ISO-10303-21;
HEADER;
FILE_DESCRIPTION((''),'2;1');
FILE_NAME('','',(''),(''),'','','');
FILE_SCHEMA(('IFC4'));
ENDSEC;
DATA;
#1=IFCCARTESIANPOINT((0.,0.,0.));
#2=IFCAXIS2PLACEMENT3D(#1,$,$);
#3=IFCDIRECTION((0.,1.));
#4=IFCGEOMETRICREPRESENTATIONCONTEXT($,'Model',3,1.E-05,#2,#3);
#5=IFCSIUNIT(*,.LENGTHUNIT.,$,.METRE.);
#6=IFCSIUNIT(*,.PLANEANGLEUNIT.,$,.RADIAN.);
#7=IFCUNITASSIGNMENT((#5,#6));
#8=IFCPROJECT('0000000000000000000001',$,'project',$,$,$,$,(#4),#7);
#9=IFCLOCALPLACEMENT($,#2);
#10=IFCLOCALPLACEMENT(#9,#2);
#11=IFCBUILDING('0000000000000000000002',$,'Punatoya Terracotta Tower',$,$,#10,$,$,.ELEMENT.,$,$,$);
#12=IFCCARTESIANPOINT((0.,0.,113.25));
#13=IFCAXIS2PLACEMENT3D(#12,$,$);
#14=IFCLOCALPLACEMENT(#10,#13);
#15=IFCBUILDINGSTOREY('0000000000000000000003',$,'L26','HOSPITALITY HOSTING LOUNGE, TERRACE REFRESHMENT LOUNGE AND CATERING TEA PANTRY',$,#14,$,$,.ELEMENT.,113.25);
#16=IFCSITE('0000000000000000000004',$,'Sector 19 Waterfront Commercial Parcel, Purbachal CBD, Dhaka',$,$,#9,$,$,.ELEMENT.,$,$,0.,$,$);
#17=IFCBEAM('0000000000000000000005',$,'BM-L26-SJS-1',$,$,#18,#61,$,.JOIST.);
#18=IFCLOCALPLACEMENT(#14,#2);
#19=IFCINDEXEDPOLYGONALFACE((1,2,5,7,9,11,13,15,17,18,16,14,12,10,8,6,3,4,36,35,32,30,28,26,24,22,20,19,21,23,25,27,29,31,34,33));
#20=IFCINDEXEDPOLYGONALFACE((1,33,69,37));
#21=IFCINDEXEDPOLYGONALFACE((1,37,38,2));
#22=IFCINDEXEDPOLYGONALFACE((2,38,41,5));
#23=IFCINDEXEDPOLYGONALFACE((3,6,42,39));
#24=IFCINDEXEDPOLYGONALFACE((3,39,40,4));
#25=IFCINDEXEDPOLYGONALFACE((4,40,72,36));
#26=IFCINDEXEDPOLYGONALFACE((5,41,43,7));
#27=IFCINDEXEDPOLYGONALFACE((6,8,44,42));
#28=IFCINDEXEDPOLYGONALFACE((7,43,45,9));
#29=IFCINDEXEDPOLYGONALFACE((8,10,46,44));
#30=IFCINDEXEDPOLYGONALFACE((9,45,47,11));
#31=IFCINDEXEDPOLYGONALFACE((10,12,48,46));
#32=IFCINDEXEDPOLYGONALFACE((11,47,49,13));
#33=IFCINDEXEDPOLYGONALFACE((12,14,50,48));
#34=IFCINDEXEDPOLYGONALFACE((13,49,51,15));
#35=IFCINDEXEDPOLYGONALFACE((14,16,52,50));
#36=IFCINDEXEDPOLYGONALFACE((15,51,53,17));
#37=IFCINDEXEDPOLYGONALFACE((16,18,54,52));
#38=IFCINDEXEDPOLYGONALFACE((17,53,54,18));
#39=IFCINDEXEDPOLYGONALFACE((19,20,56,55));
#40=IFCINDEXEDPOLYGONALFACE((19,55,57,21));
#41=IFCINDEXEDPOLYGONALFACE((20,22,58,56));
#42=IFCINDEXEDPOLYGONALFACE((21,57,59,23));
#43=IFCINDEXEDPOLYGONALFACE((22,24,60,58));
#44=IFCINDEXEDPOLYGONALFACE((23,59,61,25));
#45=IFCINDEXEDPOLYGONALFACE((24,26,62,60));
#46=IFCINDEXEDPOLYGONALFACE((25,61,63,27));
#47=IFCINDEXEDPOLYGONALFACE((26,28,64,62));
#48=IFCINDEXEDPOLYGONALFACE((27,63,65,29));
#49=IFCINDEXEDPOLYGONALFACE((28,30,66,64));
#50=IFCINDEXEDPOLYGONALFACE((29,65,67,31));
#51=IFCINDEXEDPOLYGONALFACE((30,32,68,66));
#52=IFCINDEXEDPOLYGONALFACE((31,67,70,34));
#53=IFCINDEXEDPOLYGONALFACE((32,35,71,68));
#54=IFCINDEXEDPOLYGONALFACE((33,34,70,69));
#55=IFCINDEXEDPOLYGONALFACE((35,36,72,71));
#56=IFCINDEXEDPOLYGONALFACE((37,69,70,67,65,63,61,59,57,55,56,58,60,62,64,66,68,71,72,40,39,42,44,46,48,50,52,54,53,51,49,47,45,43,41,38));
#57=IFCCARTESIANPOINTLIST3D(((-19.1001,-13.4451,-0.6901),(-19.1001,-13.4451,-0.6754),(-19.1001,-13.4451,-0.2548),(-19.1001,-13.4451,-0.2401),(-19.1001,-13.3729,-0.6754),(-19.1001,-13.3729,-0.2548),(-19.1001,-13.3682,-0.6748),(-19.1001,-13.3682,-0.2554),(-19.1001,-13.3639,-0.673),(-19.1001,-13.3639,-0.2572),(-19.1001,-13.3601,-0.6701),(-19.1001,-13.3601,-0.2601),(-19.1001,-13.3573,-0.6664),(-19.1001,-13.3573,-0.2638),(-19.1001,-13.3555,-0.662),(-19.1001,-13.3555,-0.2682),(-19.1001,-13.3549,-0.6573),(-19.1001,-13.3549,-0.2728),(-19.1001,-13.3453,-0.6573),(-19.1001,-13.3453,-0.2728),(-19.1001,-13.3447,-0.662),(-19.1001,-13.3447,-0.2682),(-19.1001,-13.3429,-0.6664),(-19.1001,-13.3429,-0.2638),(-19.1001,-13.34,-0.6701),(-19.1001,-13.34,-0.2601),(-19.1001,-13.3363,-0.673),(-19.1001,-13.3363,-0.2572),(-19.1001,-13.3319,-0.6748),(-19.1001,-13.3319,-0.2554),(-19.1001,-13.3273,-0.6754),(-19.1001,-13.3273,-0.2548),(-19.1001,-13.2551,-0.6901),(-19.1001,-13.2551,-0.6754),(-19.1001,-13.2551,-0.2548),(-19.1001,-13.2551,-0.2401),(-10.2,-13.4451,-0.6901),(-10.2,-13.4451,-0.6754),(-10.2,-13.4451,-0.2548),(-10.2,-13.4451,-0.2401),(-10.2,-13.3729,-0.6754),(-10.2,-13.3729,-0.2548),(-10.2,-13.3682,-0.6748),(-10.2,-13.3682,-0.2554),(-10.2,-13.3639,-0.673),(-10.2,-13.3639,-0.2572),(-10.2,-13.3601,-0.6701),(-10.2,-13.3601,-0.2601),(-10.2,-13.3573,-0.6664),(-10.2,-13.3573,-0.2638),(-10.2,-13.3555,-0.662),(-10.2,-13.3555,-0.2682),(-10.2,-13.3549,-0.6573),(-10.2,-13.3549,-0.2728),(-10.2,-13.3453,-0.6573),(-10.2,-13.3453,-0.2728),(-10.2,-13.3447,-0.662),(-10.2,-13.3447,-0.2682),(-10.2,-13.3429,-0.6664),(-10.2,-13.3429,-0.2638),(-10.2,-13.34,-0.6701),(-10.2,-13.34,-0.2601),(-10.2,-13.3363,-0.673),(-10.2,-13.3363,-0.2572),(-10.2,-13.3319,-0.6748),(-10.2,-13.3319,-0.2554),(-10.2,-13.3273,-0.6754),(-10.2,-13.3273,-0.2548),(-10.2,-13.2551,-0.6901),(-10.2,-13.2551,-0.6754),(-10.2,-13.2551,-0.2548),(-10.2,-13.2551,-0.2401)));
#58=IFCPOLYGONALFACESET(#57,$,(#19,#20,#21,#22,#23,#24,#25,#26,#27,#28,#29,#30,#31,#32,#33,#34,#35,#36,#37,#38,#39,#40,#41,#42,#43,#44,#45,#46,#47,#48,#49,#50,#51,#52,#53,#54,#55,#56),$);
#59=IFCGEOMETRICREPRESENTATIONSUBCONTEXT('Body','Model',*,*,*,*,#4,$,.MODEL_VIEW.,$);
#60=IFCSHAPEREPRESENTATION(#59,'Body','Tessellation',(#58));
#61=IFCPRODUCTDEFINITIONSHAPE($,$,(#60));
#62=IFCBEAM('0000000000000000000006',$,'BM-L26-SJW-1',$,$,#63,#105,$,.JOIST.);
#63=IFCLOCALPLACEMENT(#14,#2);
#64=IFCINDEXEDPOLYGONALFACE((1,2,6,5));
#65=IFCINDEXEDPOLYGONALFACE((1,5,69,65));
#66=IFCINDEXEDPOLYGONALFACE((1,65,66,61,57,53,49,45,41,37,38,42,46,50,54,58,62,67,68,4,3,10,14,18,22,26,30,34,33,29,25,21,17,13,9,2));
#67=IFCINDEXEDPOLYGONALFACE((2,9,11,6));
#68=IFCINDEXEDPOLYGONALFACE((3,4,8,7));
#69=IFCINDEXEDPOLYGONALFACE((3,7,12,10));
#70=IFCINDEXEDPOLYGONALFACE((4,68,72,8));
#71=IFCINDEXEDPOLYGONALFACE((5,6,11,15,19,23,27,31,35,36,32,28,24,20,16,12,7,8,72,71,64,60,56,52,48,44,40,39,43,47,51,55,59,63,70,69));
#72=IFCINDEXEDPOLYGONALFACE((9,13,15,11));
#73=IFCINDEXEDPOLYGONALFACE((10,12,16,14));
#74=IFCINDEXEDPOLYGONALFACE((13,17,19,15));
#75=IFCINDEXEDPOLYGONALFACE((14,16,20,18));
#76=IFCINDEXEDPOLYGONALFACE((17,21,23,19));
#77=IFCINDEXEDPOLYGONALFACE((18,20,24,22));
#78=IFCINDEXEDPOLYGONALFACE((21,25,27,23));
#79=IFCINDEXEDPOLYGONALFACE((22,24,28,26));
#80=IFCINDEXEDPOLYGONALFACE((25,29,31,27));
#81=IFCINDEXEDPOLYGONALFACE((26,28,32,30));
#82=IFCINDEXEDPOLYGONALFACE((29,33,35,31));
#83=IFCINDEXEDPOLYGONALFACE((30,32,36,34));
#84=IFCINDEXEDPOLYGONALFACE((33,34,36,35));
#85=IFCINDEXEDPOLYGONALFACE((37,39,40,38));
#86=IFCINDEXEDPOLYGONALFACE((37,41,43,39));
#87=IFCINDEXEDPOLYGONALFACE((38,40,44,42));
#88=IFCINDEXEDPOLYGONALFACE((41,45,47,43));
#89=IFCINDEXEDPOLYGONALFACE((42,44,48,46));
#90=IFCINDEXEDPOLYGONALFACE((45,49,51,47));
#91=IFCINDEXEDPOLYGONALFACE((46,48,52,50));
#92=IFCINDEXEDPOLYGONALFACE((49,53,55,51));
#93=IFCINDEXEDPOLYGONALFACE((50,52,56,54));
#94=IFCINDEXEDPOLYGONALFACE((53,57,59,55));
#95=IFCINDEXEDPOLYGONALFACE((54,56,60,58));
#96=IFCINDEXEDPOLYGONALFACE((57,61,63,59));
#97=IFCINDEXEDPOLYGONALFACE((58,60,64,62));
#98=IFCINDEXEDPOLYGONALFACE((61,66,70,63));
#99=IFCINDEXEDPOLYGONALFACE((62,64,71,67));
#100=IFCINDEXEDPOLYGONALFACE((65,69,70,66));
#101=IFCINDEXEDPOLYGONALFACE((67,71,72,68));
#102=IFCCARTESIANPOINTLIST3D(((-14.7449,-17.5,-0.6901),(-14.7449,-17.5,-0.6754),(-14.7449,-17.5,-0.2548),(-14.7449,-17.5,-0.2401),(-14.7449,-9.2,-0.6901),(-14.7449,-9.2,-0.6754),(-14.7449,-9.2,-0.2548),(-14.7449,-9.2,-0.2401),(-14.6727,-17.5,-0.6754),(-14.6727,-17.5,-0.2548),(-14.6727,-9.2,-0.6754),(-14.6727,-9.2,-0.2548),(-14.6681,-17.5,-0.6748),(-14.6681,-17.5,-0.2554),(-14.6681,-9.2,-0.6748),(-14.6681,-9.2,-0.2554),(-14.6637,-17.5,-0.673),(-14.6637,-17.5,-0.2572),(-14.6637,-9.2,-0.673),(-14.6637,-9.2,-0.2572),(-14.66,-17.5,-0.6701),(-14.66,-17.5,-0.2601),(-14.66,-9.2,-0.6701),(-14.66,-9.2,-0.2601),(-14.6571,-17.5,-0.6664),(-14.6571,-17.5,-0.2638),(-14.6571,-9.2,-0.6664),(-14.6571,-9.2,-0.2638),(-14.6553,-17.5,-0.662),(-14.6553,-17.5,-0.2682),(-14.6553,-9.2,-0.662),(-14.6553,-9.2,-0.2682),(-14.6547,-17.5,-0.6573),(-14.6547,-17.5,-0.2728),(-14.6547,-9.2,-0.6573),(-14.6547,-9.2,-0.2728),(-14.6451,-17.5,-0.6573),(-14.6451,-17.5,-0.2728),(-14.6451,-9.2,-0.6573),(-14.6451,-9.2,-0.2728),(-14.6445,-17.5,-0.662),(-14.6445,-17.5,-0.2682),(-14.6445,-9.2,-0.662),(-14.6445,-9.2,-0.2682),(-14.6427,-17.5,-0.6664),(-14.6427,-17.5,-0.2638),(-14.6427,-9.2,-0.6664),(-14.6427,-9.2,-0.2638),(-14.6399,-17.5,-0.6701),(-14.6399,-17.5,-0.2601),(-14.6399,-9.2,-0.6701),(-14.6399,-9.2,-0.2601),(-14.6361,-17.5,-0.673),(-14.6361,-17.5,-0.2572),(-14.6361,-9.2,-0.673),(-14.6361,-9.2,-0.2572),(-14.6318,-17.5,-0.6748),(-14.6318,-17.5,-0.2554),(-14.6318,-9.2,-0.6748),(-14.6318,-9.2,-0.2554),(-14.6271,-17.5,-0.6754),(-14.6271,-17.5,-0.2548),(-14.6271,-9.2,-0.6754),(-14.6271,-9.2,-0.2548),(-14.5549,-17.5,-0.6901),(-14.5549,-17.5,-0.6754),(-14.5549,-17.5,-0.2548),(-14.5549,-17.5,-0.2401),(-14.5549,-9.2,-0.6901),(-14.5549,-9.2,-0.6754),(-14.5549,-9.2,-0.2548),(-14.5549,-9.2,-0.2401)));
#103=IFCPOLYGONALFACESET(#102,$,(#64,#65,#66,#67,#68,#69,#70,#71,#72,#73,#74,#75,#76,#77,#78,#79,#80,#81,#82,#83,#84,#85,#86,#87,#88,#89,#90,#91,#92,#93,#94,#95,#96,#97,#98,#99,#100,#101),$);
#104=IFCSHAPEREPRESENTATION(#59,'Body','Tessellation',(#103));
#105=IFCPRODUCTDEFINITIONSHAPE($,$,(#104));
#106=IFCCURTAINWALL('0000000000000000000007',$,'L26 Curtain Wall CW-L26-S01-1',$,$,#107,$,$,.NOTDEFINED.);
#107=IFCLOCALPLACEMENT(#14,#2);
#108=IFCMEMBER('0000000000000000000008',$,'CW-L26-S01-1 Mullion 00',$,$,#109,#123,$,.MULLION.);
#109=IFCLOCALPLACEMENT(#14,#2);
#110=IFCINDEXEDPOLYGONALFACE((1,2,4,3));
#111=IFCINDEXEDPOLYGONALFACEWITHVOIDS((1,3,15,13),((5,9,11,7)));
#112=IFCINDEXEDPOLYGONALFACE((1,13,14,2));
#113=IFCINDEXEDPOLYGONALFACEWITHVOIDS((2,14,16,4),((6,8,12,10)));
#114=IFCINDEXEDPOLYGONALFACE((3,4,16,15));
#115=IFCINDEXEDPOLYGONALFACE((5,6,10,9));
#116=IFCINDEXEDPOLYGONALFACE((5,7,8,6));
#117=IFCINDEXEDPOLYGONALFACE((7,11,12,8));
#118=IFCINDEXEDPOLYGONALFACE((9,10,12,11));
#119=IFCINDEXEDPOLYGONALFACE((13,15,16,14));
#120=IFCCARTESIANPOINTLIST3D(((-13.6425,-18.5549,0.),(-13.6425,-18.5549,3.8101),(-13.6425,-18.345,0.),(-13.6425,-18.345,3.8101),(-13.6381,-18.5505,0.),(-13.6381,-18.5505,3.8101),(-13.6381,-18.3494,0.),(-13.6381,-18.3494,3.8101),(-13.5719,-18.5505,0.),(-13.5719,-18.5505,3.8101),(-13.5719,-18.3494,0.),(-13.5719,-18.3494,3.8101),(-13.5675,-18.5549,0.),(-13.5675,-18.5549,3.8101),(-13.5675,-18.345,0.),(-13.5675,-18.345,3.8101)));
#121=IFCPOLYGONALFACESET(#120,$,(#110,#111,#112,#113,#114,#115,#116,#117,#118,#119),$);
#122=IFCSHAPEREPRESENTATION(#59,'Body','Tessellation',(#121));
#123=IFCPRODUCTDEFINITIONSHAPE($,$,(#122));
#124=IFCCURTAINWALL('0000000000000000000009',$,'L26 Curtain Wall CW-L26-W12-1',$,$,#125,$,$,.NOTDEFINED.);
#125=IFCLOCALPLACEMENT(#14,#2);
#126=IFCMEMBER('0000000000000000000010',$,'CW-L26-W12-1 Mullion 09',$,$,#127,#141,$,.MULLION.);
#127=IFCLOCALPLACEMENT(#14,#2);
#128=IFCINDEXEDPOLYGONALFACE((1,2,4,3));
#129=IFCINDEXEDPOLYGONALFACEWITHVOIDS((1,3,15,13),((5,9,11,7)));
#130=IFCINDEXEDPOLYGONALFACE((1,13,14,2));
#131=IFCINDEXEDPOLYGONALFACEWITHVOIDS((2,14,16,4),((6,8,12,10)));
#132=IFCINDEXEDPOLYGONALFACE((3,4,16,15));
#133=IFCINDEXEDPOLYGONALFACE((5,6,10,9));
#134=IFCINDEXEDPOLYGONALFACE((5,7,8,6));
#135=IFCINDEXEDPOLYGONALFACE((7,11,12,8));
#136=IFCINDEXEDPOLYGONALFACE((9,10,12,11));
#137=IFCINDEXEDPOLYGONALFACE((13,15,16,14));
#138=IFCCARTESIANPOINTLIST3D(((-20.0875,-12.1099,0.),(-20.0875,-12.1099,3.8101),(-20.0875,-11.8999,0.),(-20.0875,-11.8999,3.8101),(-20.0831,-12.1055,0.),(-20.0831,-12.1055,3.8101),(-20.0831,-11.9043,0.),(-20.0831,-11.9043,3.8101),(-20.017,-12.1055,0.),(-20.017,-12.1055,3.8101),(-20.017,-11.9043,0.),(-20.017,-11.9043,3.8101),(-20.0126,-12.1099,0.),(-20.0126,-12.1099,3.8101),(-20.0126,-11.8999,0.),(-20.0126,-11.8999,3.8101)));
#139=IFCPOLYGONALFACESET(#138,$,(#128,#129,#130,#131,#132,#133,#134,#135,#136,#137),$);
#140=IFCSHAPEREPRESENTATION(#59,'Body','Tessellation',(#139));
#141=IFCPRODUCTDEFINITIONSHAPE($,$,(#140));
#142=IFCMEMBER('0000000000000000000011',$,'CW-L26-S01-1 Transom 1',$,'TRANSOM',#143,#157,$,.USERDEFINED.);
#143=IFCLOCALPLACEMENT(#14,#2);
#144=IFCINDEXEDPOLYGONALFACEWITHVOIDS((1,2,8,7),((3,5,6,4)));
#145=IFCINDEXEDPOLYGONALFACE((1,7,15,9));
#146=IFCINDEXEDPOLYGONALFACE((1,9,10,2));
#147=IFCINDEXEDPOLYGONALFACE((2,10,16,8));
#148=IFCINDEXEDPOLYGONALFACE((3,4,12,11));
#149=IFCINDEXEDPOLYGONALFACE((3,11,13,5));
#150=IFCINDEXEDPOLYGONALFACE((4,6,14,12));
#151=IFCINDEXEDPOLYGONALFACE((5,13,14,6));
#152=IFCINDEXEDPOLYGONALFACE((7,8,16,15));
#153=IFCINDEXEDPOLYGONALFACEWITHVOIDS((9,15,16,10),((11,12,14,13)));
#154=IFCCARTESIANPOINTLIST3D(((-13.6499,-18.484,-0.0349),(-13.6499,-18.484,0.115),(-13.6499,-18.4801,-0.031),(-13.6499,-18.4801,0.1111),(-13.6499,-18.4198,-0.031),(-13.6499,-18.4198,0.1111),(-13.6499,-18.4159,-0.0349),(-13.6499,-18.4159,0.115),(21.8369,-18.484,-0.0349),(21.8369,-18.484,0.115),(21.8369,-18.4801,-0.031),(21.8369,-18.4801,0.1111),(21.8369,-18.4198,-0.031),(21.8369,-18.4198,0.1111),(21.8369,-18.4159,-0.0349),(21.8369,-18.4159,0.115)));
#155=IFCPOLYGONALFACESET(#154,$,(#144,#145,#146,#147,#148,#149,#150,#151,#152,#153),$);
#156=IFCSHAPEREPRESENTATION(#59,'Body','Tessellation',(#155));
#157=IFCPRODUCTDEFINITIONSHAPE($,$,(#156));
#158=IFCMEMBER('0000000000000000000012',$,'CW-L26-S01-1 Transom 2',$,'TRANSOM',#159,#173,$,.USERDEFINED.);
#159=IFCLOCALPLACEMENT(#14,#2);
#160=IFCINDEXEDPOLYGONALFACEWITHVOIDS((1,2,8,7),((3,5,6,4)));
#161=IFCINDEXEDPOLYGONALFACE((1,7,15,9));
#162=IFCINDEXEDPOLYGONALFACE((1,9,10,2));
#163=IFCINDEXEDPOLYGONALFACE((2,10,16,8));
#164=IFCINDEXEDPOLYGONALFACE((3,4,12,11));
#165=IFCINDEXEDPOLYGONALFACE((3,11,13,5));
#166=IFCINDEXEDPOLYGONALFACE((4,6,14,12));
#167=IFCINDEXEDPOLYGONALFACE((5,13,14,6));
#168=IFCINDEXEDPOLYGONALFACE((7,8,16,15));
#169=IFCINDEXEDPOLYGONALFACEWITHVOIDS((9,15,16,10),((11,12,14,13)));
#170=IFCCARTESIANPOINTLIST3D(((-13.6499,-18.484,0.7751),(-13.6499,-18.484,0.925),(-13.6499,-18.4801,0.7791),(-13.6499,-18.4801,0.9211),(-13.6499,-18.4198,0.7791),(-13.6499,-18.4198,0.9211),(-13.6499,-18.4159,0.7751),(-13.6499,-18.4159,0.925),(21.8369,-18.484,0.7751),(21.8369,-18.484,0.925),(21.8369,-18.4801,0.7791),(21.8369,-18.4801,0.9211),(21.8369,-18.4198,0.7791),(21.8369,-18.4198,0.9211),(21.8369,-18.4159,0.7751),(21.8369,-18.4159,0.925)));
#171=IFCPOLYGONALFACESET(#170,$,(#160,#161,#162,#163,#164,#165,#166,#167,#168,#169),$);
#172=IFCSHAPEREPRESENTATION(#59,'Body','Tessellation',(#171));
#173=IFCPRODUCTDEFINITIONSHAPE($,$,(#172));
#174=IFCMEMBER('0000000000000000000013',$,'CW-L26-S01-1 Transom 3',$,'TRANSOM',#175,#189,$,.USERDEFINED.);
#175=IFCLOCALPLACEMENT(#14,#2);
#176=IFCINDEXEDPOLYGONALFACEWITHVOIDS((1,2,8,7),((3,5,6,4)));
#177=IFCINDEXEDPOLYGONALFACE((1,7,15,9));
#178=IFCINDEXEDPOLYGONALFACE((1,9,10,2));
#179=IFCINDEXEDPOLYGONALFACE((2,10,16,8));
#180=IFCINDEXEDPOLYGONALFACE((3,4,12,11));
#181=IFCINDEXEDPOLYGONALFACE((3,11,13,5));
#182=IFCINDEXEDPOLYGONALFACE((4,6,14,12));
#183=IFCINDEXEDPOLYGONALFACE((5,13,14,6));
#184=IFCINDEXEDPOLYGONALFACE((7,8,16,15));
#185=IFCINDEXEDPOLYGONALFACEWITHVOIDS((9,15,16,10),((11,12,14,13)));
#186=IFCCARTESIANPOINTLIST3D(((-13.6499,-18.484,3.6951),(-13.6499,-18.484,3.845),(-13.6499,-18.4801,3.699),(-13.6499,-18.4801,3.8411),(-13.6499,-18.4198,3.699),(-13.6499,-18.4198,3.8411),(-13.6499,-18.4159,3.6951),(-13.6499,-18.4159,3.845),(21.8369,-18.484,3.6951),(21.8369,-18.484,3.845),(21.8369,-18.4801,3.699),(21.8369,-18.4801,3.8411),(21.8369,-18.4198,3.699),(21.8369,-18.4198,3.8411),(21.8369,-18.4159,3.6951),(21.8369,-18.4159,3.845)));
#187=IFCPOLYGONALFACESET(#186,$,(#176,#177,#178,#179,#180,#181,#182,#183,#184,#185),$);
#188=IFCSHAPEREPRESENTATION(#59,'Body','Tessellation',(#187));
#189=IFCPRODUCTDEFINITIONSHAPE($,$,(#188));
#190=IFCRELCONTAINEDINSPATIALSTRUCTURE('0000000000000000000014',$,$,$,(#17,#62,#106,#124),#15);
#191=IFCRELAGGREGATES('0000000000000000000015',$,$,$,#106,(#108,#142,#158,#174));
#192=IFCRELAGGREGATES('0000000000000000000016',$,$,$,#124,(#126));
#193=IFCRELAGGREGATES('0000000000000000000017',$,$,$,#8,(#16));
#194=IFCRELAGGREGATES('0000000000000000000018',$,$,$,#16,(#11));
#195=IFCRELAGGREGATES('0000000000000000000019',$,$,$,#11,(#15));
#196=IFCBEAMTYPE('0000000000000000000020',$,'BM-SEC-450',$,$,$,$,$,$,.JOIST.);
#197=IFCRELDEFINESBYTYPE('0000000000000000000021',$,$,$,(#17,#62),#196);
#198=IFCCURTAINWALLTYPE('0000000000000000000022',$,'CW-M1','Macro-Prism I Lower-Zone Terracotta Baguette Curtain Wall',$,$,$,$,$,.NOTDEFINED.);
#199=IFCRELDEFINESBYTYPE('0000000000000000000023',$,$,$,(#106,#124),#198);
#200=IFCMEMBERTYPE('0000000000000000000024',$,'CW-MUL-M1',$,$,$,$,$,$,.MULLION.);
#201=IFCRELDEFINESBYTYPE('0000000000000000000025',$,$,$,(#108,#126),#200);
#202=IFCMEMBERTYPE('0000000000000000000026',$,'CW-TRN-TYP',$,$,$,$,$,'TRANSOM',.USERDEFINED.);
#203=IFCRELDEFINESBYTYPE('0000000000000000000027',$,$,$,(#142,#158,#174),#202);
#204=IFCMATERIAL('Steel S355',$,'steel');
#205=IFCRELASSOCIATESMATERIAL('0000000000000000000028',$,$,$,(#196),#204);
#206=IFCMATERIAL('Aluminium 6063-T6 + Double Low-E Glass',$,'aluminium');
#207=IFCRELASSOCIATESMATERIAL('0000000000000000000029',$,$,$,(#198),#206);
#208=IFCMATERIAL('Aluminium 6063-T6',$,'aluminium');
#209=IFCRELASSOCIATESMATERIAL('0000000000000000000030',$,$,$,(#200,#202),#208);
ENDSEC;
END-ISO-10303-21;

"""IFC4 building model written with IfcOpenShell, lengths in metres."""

from ifc_helpers import new_model, si_unit, direction, frame, origin, origin_2d, place, context, subcontext, project, spatial, hollow_rectangle, i_section, extrude, material, material_profile, profile_set, type_object, element, aggregate, save


model = new_model("IFC4")

# Units and contexts
model_context = context("Model", 3, precision=1e-05, world=origin(), true_north=direction((0.0, 1.0)))
body_context = subcontext(model_context, "Body", "Model", "MODEL_VIEW")
ifc_project = project(units=[si_unit("LENGTHUNIT", "METRE"), si_unit("PLANEANGLEUNIT", "RADIAN")], contexts=[model_context])

# Site, building, storey
site_placement = place(None, origin())
site = spatial("IfcSite", under=ifc_project, at=site_placement, Name="Sector 19 Waterfront Commercial Parcel, Purbachal CBD, Dhaka", CompositionType="ELEMENT", RefElevation=0.0)
building_placement = place(site_placement, origin())
building = spatial("IfcBuilding", under=site, at=building_placement, Name="Punatoya Terracotta Tower", CompositionType="ELEMENT")
storey_placement = place(building_placement, frame((0.0, 0.0, 113.25)))
storey = spatial("IfcBuildingStorey", under=building, at=storey_placement, Name="L26", Description="HOSPITALITY HOSTING LOUNGE, TERRACE REFRESHMENT LOUNGE AND CATERING TEA PANTRY", CompositionType="ELEMENT", Elevation=113.25)

# Beams
ifc_material_1 = material(Name="Steel S355", Category="steel")
ifc_material_profile_1 = material_profile(ifc_material_1, i_section(OverallWidth=0.1899, OverallDepth=0.45, WebThickness=0.0095, FlangeThickness=0.0146, FilletRadius=0.0181, at=origin_2d()))
ifc_profile_set_1 = profile_set([ifc_material_profile_1], Name="Steel S355")
beam_type_1 = type_object("IfcBeamType", Name="BM-SEC-450", PredefinedType="JOIST", material=ifc_profile_set_1)
beam_1_placement = place(storey_placement, frame((-19.1001, -13.3501, -0.4651), z_axis=(1.0, 0.0, 0.0), x_axis=(0.0, 1.0, 0.0)))
element("IfcBeam", 1, at=beam_1_placement, inside=storey, type_object=beam_type_1, Name="BM-L26-SJS-1", PredefinedType="JOIST", context=body_context, shape_type="SweptSolid", body=[
    extrude(i_section(OverallWidth=0.1899, OverallDepth=0.45, WebThickness=0.0095, FlangeThickness=0.0146, FilletRadius=0.0181, at=origin_2d()), origin(), (0.0, 0.0, 1.0), 8.9001),
])
beam_2_placement = place(storey_placement, frame((-14.6499, -17.5, -0.4651), z_axis=(0.0, 1.0, 0.0), x_axis=(-1.0, 0.0, 0.0)))
element("IfcBeam", 2, at=beam_2_placement, inside=storey, type_object=beam_type_1, Name="BM-L26-SJW-1", PredefinedType="JOIST", context=body_context, shape_type="SweptSolid", body=[
    extrude(i_section(OverallWidth=0.1899, OverallDepth=0.45, WebThickness=0.0095, FlangeThickness=0.0146, FilletRadius=0.0181, at=origin_2d()), origin(), (0.0, 0.0, 1.0), 8.3),
])

# Curtain walls, members
ifc_material_2 = material(Name="Aluminium 6063-T6 + Double Low-E Glass", Category="aluminium")
curtain_wall_type = type_object("IfcCurtainWallType", Name="CW-M1", Description="Macro-Prism I Lower-Zone Terracotta Baguette Curtain Wall", PredefinedType="NOTDEFINED", material=ifc_material_2)
curtain_wall_1_placement = place(storey_placement, origin())
curtain_wall_1 = element("IfcCurtainWall", 3, at=curtain_wall_1_placement, inside=storey, type_object=curtain_wall_type, Name="L26 Curtain Wall CW-L26-S01-1", PredefinedType="NOTDEFINED")
ifc_material_3 = material(Name="Aluminium 6063-T6", Category="aluminium")
ifc_material_profile_2 = material_profile(ifc_material_3, hollow_rectangle(XDim=0.075, YDim=0.21, WallThickness=0.0044, at=origin_2d()))
ifc_profile_set_2 = profile_set([ifc_material_profile_2], Name="Aluminium 6063-T6")
member_type_1 = type_object("IfcMemberType", Name="CW-MUL-M1", PredefinedType="MULLION", material=ifc_profile_set_2)
member_1_placement = place(storey_placement, frame((-13.605, -18.45, 0.0), z_axis=(0.0, 0.0, 1.0), x_axis=(1.0, 0.0, 0.0)))
member_1 = element("IfcMember", 4, at=member_1_placement, type_object=member_type_1, Name="CW-L26-S01-1 Mullion 00", PredefinedType="MULLION", context=body_context, shape_type="SweptSolid", body=[
    extrude(hollow_rectangle(XDim=0.075, YDim=0.21, WallThickness=0.0044, at=origin_2d()), origin(), (0.0, 0.0, 1.0), 3.8101),
])
curtain_wall_2_placement = place(storey_placement, origin())
curtain_wall_2 = element("IfcCurtainWall", 5, at=curtain_wall_2_placement, inside=storey, type_object=curtain_wall_type, Name="L26 Curtain Wall CW-L26-W12-1", PredefinedType="NOTDEFINED")
member_2_placement = place(storey_placement, frame((-20.05, -12.0049, 0.0), z_axis=(0.0, 0.0, 1.0), x_axis=(1.0, 0.0, 0.0)))
member_2 = element("IfcMember", 6, at=member_2_placement, type_object=member_type_1, Name="CW-L26-W12-1 Mullion 09", PredefinedType="MULLION", context=body_context, shape_type="SweptSolid", body=[
    extrude(hollow_rectangle(XDim=0.075, YDim=0.21, WallThickness=0.0044, at=origin_2d()), origin(), (0.0, 0.0, 1.0), 3.8101),
])

# Members
ifc_material_profile_3 = material_profile(ifc_material_3, hollow_rectangle(XDim=0.0681, YDim=0.1499, WallThickness=0.0039, at=origin_2d()))
ifc_profile_set_3 = profile_set([ifc_material_profile_3], Name="Aluminium 6063-T6")
member_type_2 = type_object("IfcMemberType", Name="CW-TRN-TYP", ElementType="TRANSOM", PredefinedType="USERDEFINED", material=ifc_profile_set_3)
member_3_placement = place(storey_placement, frame((-13.6499, -18.45, 0.04), z_axis=(1.0, 0.0, 0.0), x_axis=(0.0, 1.0, 0.0)))
member_3 = element("IfcMember", 7, at=member_3_placement, type_object=member_type_2, Name="CW-L26-S01-1 Transom 1", ObjectType="TRANSOM", PredefinedType="USERDEFINED", context=body_context, shape_type="SweptSolid", body=[
    extrude(hollow_rectangle(XDim=0.0681, YDim=0.1499, WallThickness=0.0039, at=origin_2d()), origin(), (0.0, 0.0, 1.0), 35.4868),
])
member_4_placement = place(storey_placement, frame((-13.6499, -18.45, 0.8501), z_axis=(1.0, 0.0, 0.0), x_axis=(0.0, 1.0, 0.0)))
member_4 = element("IfcMember", 8, at=member_4_placement, type_object=member_type_2, Name="CW-L26-S01-1 Transom 2", ObjectType="TRANSOM", PredefinedType="USERDEFINED", context=body_context, shape_type="SweptSolid", body=[
    extrude(hollow_rectangle(XDim=0.0681, YDim=0.1499, WallThickness=0.0039, at=origin_2d()), origin(), (0.0, 0.0, 1.0), 35.4868),
])
member_5_placement = place(storey_placement, frame((-13.6499, -18.45, 3.77), z_axis=(1.0, 0.0, 0.0), x_axis=(0.0, 1.0, 0.0)))
member_5 = element("IfcMember", 9, at=member_5_placement, type_object=member_type_2, Name="CW-L26-S01-1 Transom 3", ObjectType="TRANSOM", PredefinedType="USERDEFINED", context=body_context, shape_type="SweptSolid", body=[
    extrude(hollow_rectangle(XDim=0.0681, YDim=0.1499, WallThickness=0.0039, at=origin_2d()), origin(), (0.0, 0.0, 1.0), 35.4868),
])
aggregate(curtain_wall_1, [member_1, member_3, member_4, member_5])

aggregate(curtain_wall_2, [member_2])

save(model, "model.ifc")
